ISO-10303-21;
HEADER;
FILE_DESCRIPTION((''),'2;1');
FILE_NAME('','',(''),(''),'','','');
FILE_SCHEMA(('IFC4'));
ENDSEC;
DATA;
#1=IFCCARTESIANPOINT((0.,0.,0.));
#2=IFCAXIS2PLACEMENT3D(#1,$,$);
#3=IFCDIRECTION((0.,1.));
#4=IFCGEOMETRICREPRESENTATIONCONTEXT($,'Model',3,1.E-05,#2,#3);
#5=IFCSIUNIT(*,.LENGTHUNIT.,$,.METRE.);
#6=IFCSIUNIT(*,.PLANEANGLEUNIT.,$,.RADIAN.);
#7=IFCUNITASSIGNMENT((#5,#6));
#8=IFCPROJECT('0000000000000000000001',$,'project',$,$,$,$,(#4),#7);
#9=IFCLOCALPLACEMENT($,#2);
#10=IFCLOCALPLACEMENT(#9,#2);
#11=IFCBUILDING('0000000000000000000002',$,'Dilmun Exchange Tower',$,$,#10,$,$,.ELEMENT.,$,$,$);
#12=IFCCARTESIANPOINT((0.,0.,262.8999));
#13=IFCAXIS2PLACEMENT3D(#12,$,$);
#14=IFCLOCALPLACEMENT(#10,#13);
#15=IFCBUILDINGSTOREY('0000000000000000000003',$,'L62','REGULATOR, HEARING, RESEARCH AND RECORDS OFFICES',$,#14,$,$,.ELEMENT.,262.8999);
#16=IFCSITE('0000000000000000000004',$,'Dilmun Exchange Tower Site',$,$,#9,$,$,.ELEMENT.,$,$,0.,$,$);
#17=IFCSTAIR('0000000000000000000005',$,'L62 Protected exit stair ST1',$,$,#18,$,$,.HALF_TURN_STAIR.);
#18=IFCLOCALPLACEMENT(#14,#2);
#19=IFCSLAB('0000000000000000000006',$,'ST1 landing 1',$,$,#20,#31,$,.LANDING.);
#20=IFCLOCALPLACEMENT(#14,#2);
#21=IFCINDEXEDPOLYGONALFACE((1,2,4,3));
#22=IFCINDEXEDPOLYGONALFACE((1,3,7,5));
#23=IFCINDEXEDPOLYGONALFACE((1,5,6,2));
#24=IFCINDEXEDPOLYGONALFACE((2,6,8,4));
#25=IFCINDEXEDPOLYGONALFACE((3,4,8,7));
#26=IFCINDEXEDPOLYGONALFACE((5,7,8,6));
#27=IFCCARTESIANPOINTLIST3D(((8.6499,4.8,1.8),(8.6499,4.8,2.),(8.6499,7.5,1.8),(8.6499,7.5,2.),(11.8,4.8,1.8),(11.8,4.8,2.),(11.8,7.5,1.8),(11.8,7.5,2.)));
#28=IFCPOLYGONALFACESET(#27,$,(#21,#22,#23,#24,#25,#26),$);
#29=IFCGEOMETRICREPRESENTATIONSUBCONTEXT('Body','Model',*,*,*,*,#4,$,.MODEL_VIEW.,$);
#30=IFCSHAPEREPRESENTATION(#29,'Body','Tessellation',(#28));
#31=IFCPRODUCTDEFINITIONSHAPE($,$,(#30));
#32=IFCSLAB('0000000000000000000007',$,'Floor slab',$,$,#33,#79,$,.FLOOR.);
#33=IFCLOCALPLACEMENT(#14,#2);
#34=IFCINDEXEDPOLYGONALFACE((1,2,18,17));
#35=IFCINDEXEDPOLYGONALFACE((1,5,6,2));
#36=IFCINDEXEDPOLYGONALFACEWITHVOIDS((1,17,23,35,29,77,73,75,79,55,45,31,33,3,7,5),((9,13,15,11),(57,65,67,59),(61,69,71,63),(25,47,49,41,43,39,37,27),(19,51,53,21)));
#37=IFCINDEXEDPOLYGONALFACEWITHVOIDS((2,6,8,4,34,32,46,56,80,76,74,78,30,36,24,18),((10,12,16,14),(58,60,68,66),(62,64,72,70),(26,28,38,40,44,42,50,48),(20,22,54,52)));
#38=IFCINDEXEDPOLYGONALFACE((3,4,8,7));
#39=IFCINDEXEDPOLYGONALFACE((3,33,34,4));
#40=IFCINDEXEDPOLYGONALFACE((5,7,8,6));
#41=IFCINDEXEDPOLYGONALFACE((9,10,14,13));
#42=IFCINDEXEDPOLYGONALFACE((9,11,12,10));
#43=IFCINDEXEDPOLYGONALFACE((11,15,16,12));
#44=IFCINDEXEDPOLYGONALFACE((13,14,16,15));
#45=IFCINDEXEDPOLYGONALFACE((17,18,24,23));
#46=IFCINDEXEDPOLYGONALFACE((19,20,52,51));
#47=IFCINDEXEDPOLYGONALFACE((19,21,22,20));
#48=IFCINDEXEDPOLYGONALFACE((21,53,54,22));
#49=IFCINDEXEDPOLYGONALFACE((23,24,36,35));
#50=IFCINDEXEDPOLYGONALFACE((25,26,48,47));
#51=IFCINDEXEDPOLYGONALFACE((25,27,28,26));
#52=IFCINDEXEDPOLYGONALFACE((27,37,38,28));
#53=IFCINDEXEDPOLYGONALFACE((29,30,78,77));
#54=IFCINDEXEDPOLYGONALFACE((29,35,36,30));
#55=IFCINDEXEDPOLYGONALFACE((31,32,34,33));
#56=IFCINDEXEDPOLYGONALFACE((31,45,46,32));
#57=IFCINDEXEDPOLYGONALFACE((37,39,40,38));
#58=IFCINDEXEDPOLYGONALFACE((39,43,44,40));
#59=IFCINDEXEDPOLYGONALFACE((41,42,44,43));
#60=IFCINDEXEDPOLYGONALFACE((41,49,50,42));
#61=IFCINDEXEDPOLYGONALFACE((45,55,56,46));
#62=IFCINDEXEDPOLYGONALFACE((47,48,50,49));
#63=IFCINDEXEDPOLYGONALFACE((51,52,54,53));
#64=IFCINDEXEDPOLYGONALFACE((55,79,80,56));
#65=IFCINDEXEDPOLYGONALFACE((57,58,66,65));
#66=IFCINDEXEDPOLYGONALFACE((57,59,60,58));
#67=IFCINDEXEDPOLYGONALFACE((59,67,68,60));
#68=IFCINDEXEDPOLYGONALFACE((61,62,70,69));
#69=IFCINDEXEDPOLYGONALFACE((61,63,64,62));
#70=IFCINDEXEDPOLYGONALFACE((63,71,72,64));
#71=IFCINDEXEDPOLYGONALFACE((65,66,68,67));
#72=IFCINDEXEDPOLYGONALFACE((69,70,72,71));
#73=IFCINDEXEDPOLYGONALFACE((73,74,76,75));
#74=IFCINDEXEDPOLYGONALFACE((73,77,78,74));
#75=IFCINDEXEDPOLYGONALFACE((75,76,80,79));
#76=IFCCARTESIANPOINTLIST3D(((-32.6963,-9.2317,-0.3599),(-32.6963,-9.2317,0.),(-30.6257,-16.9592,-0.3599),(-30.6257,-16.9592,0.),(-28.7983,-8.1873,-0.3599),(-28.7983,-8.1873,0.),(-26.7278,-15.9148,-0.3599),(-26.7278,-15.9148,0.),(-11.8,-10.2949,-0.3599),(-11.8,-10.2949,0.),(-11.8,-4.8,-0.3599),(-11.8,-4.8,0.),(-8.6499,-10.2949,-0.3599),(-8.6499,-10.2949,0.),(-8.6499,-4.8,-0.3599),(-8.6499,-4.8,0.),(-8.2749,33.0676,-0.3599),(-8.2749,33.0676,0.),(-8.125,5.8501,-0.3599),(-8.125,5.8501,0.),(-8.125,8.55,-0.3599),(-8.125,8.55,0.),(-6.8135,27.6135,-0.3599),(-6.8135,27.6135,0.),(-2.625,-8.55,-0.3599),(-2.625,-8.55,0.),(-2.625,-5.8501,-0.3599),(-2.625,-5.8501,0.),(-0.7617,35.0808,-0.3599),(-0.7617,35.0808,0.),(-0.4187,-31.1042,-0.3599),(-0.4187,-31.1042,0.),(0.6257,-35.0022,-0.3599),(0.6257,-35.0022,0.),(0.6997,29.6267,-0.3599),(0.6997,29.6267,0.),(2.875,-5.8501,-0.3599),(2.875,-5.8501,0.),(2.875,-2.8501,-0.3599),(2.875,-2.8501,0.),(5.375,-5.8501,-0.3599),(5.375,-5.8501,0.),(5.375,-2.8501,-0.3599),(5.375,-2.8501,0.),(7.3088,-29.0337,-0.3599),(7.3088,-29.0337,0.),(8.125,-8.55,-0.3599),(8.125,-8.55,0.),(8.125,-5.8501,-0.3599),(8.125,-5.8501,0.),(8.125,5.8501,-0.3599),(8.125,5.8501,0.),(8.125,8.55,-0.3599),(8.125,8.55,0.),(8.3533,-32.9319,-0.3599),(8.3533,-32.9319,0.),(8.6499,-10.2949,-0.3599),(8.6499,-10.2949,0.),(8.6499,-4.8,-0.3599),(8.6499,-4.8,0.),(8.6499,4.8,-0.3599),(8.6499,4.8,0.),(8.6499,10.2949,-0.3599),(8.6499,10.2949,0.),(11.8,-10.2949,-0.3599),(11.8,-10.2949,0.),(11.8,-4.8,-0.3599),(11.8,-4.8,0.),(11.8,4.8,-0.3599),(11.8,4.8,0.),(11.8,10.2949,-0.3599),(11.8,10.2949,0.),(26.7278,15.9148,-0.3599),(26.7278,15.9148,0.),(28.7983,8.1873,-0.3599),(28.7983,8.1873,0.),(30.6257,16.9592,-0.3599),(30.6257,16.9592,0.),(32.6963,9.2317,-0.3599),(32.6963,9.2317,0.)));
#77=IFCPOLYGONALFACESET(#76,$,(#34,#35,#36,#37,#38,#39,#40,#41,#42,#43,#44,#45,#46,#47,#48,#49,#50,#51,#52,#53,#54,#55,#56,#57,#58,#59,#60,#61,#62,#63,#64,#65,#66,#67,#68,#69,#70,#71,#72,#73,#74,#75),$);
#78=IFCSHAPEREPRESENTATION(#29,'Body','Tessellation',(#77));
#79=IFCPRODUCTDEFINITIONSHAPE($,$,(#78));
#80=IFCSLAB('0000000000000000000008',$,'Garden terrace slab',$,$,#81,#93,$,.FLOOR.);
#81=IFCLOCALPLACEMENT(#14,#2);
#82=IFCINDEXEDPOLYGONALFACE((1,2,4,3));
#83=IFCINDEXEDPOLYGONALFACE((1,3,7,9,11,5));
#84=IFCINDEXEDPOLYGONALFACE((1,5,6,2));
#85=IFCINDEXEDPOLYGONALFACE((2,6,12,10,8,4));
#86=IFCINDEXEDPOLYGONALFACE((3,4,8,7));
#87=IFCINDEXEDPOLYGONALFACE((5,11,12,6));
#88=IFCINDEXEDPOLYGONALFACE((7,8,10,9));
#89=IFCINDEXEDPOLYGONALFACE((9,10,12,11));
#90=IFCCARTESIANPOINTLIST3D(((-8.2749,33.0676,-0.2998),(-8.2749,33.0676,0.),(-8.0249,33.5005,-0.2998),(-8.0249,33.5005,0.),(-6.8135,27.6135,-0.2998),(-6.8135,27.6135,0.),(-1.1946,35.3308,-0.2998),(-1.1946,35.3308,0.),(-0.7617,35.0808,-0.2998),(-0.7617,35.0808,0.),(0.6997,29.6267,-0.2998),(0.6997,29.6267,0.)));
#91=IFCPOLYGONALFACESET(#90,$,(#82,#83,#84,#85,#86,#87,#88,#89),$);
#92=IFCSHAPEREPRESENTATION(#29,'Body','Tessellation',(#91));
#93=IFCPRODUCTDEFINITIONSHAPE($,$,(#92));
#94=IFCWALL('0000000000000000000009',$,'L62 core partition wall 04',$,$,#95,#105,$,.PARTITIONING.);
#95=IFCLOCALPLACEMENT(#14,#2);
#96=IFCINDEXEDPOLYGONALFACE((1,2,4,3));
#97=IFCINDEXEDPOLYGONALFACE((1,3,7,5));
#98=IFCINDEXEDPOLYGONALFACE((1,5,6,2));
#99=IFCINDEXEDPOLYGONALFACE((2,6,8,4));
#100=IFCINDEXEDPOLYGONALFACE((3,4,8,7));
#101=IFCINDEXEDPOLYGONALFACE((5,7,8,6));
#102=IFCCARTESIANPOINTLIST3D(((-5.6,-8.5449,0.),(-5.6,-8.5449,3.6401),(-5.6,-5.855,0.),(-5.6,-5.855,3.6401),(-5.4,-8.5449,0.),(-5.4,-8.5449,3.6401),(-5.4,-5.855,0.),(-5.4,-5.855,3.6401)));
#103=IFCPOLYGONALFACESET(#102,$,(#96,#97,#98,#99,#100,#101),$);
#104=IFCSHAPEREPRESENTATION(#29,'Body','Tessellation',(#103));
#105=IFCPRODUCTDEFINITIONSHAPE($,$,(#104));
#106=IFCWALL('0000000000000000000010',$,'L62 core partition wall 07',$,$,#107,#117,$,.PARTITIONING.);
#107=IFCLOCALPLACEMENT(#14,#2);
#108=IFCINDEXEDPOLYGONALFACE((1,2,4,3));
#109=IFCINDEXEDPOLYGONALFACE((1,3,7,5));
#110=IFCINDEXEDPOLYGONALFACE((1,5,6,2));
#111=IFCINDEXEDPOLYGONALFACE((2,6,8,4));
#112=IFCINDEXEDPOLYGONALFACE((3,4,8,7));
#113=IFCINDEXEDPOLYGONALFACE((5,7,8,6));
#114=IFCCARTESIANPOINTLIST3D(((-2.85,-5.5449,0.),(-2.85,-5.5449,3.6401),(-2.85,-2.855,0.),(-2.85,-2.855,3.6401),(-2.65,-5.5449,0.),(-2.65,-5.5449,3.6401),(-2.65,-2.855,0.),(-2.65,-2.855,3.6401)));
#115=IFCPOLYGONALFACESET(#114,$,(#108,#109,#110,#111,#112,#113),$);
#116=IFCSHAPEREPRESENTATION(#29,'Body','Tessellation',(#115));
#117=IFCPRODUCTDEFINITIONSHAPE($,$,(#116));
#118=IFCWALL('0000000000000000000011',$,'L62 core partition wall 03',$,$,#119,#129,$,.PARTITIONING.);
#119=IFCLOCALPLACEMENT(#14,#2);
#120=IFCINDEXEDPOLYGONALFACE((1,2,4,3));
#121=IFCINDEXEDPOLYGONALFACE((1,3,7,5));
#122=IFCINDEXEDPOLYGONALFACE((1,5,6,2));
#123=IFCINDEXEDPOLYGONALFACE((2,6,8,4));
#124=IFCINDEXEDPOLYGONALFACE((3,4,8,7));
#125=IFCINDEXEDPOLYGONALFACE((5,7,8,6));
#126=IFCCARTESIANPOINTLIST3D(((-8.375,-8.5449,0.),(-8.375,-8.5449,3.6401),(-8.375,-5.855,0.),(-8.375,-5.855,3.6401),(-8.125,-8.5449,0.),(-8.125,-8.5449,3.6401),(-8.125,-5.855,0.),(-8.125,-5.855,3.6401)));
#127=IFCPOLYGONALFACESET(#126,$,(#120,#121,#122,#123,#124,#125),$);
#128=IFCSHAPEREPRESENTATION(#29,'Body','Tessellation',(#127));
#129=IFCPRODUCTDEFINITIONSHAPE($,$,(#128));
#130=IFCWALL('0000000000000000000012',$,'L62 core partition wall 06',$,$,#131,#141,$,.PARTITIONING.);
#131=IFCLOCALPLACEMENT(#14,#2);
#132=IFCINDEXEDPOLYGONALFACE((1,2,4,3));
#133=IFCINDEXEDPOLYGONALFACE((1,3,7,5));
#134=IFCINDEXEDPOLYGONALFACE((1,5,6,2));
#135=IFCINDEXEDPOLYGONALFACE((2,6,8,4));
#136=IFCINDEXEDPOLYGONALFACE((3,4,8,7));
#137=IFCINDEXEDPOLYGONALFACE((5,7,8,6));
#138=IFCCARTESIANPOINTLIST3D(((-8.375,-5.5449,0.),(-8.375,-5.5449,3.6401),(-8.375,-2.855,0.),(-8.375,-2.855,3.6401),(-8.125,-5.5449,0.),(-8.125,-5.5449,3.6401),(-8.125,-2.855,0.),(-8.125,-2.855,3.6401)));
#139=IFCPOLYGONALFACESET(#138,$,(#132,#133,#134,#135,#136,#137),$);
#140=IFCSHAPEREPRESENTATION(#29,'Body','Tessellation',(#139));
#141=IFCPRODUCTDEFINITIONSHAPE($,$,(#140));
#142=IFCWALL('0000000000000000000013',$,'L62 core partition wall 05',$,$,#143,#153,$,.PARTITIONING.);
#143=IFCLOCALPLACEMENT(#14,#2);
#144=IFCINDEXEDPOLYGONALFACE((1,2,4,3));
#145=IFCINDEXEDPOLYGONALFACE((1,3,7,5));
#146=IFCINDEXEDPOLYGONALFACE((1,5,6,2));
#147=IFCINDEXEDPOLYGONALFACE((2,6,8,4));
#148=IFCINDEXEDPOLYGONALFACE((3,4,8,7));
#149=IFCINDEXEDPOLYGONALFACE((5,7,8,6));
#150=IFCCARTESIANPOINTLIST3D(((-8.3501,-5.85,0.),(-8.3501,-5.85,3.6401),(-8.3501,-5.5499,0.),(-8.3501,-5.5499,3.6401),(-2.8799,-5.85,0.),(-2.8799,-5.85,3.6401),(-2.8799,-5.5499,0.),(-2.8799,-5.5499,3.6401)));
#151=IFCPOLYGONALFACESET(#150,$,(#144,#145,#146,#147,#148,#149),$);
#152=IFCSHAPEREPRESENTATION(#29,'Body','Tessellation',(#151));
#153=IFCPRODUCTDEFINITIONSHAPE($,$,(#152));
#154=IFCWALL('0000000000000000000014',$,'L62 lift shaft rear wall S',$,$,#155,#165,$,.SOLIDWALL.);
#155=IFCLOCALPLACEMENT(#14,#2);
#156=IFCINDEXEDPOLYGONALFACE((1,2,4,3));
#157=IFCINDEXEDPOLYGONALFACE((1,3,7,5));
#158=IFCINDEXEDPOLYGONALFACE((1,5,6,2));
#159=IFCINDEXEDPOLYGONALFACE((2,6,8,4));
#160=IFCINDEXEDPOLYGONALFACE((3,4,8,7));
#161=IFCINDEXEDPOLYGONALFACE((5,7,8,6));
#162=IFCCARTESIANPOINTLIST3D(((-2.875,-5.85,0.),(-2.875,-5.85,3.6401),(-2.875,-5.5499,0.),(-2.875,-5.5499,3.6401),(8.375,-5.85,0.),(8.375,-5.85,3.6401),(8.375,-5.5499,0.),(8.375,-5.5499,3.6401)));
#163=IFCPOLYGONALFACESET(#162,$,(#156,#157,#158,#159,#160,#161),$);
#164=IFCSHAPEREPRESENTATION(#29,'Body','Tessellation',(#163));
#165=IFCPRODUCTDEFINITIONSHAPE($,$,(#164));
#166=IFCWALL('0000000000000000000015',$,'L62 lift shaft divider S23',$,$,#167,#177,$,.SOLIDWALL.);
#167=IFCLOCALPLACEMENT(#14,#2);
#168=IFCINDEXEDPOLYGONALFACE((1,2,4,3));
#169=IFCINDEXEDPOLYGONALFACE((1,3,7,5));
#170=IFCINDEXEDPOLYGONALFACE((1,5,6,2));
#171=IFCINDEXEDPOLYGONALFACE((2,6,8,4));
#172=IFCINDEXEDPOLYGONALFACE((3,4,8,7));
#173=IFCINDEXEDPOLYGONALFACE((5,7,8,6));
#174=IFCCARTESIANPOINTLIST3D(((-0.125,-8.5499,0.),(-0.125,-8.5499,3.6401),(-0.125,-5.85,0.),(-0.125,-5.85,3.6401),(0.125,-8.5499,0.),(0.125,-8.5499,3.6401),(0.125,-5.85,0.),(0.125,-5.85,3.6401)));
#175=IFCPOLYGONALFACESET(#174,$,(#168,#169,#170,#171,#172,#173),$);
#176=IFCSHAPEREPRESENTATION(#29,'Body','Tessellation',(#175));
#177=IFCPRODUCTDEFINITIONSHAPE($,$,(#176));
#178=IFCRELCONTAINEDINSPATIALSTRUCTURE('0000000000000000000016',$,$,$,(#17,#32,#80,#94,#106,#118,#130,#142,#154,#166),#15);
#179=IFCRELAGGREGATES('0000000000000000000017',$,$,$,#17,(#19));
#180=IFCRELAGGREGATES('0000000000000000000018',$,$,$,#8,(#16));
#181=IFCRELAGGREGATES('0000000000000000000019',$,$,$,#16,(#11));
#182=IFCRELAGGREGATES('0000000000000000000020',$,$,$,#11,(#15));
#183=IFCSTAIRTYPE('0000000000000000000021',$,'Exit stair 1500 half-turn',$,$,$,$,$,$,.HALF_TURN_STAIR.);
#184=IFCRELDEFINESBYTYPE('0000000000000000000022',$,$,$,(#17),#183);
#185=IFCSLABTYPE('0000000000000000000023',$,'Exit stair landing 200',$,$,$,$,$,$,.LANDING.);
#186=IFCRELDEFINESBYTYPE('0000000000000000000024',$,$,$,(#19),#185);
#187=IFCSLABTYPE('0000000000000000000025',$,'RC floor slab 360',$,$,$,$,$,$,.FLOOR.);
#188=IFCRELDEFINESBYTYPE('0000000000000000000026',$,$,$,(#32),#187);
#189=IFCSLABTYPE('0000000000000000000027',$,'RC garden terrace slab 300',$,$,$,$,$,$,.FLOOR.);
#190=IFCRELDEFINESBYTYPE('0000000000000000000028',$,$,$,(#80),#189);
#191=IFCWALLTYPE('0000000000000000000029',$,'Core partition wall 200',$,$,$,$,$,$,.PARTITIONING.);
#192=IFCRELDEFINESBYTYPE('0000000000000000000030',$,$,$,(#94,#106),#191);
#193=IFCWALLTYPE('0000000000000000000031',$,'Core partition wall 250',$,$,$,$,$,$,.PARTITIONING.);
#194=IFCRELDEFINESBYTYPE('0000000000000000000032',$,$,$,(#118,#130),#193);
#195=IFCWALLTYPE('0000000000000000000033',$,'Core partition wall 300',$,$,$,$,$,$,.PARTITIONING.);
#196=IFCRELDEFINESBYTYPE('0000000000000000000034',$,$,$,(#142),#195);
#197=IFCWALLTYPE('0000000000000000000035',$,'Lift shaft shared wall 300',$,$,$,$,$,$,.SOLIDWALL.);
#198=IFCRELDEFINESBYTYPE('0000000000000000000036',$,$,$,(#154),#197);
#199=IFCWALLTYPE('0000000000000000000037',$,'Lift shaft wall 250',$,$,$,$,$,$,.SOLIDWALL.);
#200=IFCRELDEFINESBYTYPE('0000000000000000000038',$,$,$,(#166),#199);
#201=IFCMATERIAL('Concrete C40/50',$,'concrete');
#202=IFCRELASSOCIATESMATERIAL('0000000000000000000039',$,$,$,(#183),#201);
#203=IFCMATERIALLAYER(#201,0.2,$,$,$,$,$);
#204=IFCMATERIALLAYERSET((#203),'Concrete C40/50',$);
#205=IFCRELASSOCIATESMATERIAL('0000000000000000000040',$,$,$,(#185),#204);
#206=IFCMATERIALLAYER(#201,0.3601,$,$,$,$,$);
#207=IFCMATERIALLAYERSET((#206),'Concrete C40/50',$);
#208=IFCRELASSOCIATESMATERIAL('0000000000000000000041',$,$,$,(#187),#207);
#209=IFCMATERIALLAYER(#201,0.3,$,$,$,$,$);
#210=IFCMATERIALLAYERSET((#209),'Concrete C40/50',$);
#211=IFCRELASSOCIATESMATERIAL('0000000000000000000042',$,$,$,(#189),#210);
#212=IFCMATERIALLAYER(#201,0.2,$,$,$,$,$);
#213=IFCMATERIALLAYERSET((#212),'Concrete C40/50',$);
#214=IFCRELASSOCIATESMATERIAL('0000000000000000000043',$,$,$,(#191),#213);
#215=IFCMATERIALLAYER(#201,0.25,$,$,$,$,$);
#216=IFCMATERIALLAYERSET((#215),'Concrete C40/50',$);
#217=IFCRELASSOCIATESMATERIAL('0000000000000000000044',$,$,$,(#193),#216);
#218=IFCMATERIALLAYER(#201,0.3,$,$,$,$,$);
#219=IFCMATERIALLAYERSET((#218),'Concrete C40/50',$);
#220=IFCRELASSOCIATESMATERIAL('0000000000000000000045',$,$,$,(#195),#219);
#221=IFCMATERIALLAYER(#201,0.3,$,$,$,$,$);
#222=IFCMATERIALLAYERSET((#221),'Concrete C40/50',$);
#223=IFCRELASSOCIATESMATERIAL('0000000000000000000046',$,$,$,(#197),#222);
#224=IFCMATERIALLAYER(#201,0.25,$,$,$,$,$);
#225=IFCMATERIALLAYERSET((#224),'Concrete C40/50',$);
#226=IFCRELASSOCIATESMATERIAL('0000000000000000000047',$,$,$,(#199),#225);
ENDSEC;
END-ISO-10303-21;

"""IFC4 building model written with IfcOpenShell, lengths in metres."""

from ifc_helpers import new_model, si_unit, direction, frame, frame_2d, origin, place, context, subcontext, project, spatial, polyline, rectangle, outline, extrude, material, layer, layer_set, type_object, element, aggregate, save


model = new_model("IFC4")

# Units and contexts
model_context = context("Model", 3, precision=1e-05, world=origin(), true_north=direction((0.0, 1.0)))
body_context = subcontext(model_context, "Body", "Model", "MODEL_VIEW")
ifc_project = project(units=[si_unit("LENGTHUNIT", "METRE"), si_unit("PLANEANGLEUNIT", "RADIAN")], contexts=[model_context])

# Site, building, storey
site_placement = place(None, origin())
site = spatial("IfcSite", under=ifc_project, at=site_placement, Name="Dilmun Exchange Tower Site", CompositionType="ELEMENT", RefElevation=0.0)
building_placement = place(site_placement, origin())
building = spatial("IfcBuilding", under=site, at=building_placement, Name="Dilmun Exchange Tower", CompositionType="ELEMENT")
storey_placement = place(building_placement, frame((0.0, 0.0, 262.8999)))
storey = spatial("IfcBuildingStorey", under=building, at=storey_placement, Name="L62", Description="REGULATOR, HEARING, RESEARCH AND RECORDS OFFICES", CompositionType="ELEMENT", Elevation=262.8999)

# Stair, slab
ifc_material_1 = material(Name="Concrete C40/50", Category="concrete")
stair_type = type_object("IfcStairType", Name="Exit stair 1500 half-turn", PredefinedType="HALF_TURN_STAIR", material=ifc_material_1)
stair_1_placement = place(storey_placement, origin())
stair_1 = element("IfcStair", 1, at=stair_1_placement, inside=storey, type_object=stair_type, Name="L62 Protected exit stair ST1", PredefinedType="HALF_TURN_STAIR")
ifc_layer_1 = layer(ifc_material_1, 0.2)
ifc_layer_set_1 = layer_set([ifc_layer_1], Name="Concrete C40/50")
slab_type_1 = type_object("IfcSlabType", Name="Exit stair landing 200", PredefinedType="LANDING", material=ifc_layer_set_1)
slab_1_placement = place(storey_placement, frame((0.0, 0.0, 1.8)))
slab_1 = element("IfcSlab", 2, at=slab_1_placement, type_object=slab_type_1, Name="ST1 landing 1", PredefinedType="LANDING", context=body_context, shape_type="SweptSolid", body=[
    extrude(outline(polyline([(8.6499, 7.5), (8.6499, 4.8), (11.8, 4.8), (11.8, 7.5), (8.6499, 7.5)])), origin(), (0.0, 0.0, 1.0), 0.2),
])
aggregate(stair_1, [slab_1])

# Slabs
ifc_layer_2 = layer(ifc_material_1, 0.3601)
ifc_layer_set_2 = layer_set([ifc_layer_2], Name="Concrete C40/50")
slab_type_2 = type_object("IfcSlabType", Name="RC floor slab 360", PredefinedType="FLOOR", material=ifc_layer_set_2)
slab_2_placement = place(storey_placement, frame((0.0, 0.0, -0.3599)))
element("IfcSlab", 3, at=slab_2_placement, inside=storey, type_object=slab_type_2, Name="Floor slab", PredefinedType="FLOOR", context=body_context, shape_type="SweptSolid", body=[
    extrude(outline(polyline([(26.7278, 15.9148), (28.7983, 8.1873), (32.6963, 9.2317), (8.3533, -32.9319), (7.3088, -29.0337), (-0.4187, -31.1042), (0.6257, -35.0022), (-30.6257, -16.9592), (-26.7278, -15.9148), (-28.7983, -8.1873), (-32.6963, -9.2317), (-8.2749, 33.0676), (-6.8135, 27.6135), (0.6997, 29.6267), (-0.7617, 35.0808), (30.6257, 16.9592), (26.7278, 15.9148)]), holes=[polyline([(-8.6499, -4.8), (-11.8, -4.8), (-11.8, -10.2949), (-8.6499, -10.2949), (-8.6499, -4.8)]), polyline([(11.8, -4.8), (8.6499, -4.8), (8.6499, -10.2949), (11.8, -10.2949), (11.8, -4.8)]), polyline([(2.875, -5.8501), (-2.625, -5.8501), (-2.625, -8.55), (8.125, -8.55), (8.125, -5.8501), (5.375, -5.8501), (5.375, -2.8501), (2.875, -2.8501), (2.875, -5.8501)]), polyline([(8.125, 5.8501), (8.125, 8.55), (-8.125, 8.55), (-8.125, 5.8501), (8.125, 5.8501)]), polyline([(8.6499, 10.2949), (8.6499, 4.8), (11.8, 4.8), (11.8, 10.2949), (8.6499, 10.2949)])]), origin(), (0.0, 0.0, 1.0), 0.3599),
])
ifc_layer_3 = layer(ifc_material_1, 0.3)
ifc_layer_set_3 = layer_set([ifc_layer_3], Name="Concrete C40/50")
slab_type_3 = type_object("IfcSlabType", Name="RC garden terrace slab 300", PredefinedType="FLOOR", material=ifc_layer_set_3)
slab_3_placement = place(storey_placement, frame((0.0, 0.0, -0.2998)))
element("IfcSlab", 4, at=slab_3_placement, inside=storey, type_object=slab_type_3, Name="Garden terrace slab", PredefinedType="FLOOR", context=body_context, shape_type="SweptSolid", body=[
    extrude(outline(polyline([(-6.8135, 27.6135), (-8.2749, 33.0676), (-8.0249, 33.5005), (-1.1946, 35.3308), (-0.7617, 35.0808), (0.6997, 29.6267), (-6.8135, 27.6135)])), origin(), (0.0, 0.0, 1.0), 0.2998),
])

# Walls
ifc_layer_4 = layer(ifc_material_1, 0.2)
ifc_layer_set_4 = layer_set([ifc_layer_4], Name="Concrete C40/50")
wall_type_1 = type_object("IfcWallType", Name="Core partition wall 200", PredefinedType="PARTITIONING", material=ifc_layer_set_4)
for number, where, z_axis, x_axis, name in (
    (5, (-5.5, -8.5449, 0.0), (0.0, 0.0, 1.0), (0.0, 1.0, 0.0), "L62 core partition wall 04"),
    (6, (-2.75, -5.5449, 0.0), (0.0, 0.0, 1.0), (0.0, 1.0, 0.0), "L62 core partition wall 07"),
):
    element("IfcWall", number, at=place(storey_placement, frame(where, z_axis=z_axis, x_axis=x_axis)), inside=storey, type_object=wall_type_1, Name=name, PredefinedType="PARTITIONING", context=body_context, shape_type="SweptSolid", body=[
        extrude(rectangle(XDim=2.6899, YDim=0.2, at=frame_2d((1.345, 0.0))), origin(), (0.0, 0.0, 1.0), 3.6401),
    ])

# Walls
ifc_layer_5 = layer(ifc_material_1, 0.25)
ifc_layer_set_5 = layer_set([ifc_layer_5], Name="Concrete C40/50")
wall_type_2 = type_object("IfcWallType", Name="Core partition wall 250", PredefinedType="PARTITIONING", material=ifc_layer_set_5)
for number, where, z_axis, x_axis, name in (
    (7, (-8.25, -8.5449, 0.0), (0.0, 0.0, 1.0), (0.0, 1.0, 0.0), "L62 core partition wall 03"),
    (8, (-8.25, -5.5449, 0.0), (0.0, 0.0, 1.0), (0.0, 1.0, 0.0), "L62 core partition wall 06"),
):
    element("IfcWall", number, at=place(storey_placement, frame(where, z_axis=z_axis, x_axis=x_axis)), inside=storey, type_object=wall_type_2, Name=name, PredefinedType="PARTITIONING", context=body_context, shape_type="SweptSolid", body=[
        extrude(rectangle(XDim=2.6899, YDim=0.25, at=frame_2d((1.345, 0.0))), origin(), (0.0, 0.0, 1.0), 3.6401),
    ])
ifc_layer_6 = layer(ifc_material_1, 0.3)
ifc_layer_set_6 = layer_set([ifc_layer_6], Name="Concrete C40/50")
wall_type_3 = type_object("IfcWallType", Name="Core partition wall 300", PredefinedType="PARTITIONING", material=ifc_layer_set_6)
wall_1_placement = place(storey_placement, frame((-8.3501, -5.7, 0.0), z_axis=(0.0, 0.0, 1.0), x_axis=(1.0, 0.0, 0.0)))
element("IfcWall", 9, at=wall_1_placement, inside=storey, type_object=wall_type_3, Name="L62 core partition wall 05", PredefinedType="PARTITIONING", context=body_context, shape_type="SweptSolid", body=[
    extrude(rectangle(XDim=5.4702, YDim=0.3, at=frame_2d((2.7351, 0.0))), origin(), (0.0, 0.0, 1.0), 3.6401),
])
ifc_layer_7 = layer(ifc_material_1, 0.3)
ifc_layer_set_7 = layer_set([ifc_layer_7], Name="Concrete C40/50")
wall_type_4 = type_object("IfcWallType", Name="Lift shaft shared wall 300", PredefinedType="SOLIDWALL", material=ifc_layer_set_7)
wall_2_placement = place(storey_placement, frame((-2.875, -5.7, 0.0), z_axis=(0.0, 0.0, 1.0), x_axis=(1.0, 0.0, 0.0)))
element("IfcWall", 10, at=wall_2_placement, inside=storey, type_object=wall_type_4, Name="L62 lift shaft rear wall S", PredefinedType="SOLIDWALL", context=body_context, shape_type="SweptSolid", body=[
    extrude(rectangle(XDim=11.25, YDim=0.3, at=frame_2d((5.625, 0.0))), origin(), (0.0, 0.0, 1.0), 3.6401),
])
ifc_layer_8 = layer(ifc_material_1, 0.25)
ifc_layer_set_8 = layer_set([ifc_layer_8], Name="Concrete C40/50")
wall_type_5 = type_object("IfcWallType", Name="Lift shaft wall 250", PredefinedType="SOLIDWALL", material=ifc_layer_set_8)
wall_3_placement = place(storey_placement, frame((0.0, -8.55, 0.0), z_axis=(0.0, 0.0, 1.0), x_axis=(0.0, 1.0, 0.0)))
element("IfcWall", 11, at=wall_3_placement, inside=storey, type_object=wall_type_5, Name="L62 lift shaft divider S23", PredefinedType="SOLIDWALL", context=body_context, shape_type="SweptSolid", body=[
    extrude(rectangle(XDim=2.7, YDim=0.25, at=frame_2d((1.3501, 0.0))), origin(), (0.0, 0.0, 1.0), 3.6401),
])

save(model, "model.ifc")
